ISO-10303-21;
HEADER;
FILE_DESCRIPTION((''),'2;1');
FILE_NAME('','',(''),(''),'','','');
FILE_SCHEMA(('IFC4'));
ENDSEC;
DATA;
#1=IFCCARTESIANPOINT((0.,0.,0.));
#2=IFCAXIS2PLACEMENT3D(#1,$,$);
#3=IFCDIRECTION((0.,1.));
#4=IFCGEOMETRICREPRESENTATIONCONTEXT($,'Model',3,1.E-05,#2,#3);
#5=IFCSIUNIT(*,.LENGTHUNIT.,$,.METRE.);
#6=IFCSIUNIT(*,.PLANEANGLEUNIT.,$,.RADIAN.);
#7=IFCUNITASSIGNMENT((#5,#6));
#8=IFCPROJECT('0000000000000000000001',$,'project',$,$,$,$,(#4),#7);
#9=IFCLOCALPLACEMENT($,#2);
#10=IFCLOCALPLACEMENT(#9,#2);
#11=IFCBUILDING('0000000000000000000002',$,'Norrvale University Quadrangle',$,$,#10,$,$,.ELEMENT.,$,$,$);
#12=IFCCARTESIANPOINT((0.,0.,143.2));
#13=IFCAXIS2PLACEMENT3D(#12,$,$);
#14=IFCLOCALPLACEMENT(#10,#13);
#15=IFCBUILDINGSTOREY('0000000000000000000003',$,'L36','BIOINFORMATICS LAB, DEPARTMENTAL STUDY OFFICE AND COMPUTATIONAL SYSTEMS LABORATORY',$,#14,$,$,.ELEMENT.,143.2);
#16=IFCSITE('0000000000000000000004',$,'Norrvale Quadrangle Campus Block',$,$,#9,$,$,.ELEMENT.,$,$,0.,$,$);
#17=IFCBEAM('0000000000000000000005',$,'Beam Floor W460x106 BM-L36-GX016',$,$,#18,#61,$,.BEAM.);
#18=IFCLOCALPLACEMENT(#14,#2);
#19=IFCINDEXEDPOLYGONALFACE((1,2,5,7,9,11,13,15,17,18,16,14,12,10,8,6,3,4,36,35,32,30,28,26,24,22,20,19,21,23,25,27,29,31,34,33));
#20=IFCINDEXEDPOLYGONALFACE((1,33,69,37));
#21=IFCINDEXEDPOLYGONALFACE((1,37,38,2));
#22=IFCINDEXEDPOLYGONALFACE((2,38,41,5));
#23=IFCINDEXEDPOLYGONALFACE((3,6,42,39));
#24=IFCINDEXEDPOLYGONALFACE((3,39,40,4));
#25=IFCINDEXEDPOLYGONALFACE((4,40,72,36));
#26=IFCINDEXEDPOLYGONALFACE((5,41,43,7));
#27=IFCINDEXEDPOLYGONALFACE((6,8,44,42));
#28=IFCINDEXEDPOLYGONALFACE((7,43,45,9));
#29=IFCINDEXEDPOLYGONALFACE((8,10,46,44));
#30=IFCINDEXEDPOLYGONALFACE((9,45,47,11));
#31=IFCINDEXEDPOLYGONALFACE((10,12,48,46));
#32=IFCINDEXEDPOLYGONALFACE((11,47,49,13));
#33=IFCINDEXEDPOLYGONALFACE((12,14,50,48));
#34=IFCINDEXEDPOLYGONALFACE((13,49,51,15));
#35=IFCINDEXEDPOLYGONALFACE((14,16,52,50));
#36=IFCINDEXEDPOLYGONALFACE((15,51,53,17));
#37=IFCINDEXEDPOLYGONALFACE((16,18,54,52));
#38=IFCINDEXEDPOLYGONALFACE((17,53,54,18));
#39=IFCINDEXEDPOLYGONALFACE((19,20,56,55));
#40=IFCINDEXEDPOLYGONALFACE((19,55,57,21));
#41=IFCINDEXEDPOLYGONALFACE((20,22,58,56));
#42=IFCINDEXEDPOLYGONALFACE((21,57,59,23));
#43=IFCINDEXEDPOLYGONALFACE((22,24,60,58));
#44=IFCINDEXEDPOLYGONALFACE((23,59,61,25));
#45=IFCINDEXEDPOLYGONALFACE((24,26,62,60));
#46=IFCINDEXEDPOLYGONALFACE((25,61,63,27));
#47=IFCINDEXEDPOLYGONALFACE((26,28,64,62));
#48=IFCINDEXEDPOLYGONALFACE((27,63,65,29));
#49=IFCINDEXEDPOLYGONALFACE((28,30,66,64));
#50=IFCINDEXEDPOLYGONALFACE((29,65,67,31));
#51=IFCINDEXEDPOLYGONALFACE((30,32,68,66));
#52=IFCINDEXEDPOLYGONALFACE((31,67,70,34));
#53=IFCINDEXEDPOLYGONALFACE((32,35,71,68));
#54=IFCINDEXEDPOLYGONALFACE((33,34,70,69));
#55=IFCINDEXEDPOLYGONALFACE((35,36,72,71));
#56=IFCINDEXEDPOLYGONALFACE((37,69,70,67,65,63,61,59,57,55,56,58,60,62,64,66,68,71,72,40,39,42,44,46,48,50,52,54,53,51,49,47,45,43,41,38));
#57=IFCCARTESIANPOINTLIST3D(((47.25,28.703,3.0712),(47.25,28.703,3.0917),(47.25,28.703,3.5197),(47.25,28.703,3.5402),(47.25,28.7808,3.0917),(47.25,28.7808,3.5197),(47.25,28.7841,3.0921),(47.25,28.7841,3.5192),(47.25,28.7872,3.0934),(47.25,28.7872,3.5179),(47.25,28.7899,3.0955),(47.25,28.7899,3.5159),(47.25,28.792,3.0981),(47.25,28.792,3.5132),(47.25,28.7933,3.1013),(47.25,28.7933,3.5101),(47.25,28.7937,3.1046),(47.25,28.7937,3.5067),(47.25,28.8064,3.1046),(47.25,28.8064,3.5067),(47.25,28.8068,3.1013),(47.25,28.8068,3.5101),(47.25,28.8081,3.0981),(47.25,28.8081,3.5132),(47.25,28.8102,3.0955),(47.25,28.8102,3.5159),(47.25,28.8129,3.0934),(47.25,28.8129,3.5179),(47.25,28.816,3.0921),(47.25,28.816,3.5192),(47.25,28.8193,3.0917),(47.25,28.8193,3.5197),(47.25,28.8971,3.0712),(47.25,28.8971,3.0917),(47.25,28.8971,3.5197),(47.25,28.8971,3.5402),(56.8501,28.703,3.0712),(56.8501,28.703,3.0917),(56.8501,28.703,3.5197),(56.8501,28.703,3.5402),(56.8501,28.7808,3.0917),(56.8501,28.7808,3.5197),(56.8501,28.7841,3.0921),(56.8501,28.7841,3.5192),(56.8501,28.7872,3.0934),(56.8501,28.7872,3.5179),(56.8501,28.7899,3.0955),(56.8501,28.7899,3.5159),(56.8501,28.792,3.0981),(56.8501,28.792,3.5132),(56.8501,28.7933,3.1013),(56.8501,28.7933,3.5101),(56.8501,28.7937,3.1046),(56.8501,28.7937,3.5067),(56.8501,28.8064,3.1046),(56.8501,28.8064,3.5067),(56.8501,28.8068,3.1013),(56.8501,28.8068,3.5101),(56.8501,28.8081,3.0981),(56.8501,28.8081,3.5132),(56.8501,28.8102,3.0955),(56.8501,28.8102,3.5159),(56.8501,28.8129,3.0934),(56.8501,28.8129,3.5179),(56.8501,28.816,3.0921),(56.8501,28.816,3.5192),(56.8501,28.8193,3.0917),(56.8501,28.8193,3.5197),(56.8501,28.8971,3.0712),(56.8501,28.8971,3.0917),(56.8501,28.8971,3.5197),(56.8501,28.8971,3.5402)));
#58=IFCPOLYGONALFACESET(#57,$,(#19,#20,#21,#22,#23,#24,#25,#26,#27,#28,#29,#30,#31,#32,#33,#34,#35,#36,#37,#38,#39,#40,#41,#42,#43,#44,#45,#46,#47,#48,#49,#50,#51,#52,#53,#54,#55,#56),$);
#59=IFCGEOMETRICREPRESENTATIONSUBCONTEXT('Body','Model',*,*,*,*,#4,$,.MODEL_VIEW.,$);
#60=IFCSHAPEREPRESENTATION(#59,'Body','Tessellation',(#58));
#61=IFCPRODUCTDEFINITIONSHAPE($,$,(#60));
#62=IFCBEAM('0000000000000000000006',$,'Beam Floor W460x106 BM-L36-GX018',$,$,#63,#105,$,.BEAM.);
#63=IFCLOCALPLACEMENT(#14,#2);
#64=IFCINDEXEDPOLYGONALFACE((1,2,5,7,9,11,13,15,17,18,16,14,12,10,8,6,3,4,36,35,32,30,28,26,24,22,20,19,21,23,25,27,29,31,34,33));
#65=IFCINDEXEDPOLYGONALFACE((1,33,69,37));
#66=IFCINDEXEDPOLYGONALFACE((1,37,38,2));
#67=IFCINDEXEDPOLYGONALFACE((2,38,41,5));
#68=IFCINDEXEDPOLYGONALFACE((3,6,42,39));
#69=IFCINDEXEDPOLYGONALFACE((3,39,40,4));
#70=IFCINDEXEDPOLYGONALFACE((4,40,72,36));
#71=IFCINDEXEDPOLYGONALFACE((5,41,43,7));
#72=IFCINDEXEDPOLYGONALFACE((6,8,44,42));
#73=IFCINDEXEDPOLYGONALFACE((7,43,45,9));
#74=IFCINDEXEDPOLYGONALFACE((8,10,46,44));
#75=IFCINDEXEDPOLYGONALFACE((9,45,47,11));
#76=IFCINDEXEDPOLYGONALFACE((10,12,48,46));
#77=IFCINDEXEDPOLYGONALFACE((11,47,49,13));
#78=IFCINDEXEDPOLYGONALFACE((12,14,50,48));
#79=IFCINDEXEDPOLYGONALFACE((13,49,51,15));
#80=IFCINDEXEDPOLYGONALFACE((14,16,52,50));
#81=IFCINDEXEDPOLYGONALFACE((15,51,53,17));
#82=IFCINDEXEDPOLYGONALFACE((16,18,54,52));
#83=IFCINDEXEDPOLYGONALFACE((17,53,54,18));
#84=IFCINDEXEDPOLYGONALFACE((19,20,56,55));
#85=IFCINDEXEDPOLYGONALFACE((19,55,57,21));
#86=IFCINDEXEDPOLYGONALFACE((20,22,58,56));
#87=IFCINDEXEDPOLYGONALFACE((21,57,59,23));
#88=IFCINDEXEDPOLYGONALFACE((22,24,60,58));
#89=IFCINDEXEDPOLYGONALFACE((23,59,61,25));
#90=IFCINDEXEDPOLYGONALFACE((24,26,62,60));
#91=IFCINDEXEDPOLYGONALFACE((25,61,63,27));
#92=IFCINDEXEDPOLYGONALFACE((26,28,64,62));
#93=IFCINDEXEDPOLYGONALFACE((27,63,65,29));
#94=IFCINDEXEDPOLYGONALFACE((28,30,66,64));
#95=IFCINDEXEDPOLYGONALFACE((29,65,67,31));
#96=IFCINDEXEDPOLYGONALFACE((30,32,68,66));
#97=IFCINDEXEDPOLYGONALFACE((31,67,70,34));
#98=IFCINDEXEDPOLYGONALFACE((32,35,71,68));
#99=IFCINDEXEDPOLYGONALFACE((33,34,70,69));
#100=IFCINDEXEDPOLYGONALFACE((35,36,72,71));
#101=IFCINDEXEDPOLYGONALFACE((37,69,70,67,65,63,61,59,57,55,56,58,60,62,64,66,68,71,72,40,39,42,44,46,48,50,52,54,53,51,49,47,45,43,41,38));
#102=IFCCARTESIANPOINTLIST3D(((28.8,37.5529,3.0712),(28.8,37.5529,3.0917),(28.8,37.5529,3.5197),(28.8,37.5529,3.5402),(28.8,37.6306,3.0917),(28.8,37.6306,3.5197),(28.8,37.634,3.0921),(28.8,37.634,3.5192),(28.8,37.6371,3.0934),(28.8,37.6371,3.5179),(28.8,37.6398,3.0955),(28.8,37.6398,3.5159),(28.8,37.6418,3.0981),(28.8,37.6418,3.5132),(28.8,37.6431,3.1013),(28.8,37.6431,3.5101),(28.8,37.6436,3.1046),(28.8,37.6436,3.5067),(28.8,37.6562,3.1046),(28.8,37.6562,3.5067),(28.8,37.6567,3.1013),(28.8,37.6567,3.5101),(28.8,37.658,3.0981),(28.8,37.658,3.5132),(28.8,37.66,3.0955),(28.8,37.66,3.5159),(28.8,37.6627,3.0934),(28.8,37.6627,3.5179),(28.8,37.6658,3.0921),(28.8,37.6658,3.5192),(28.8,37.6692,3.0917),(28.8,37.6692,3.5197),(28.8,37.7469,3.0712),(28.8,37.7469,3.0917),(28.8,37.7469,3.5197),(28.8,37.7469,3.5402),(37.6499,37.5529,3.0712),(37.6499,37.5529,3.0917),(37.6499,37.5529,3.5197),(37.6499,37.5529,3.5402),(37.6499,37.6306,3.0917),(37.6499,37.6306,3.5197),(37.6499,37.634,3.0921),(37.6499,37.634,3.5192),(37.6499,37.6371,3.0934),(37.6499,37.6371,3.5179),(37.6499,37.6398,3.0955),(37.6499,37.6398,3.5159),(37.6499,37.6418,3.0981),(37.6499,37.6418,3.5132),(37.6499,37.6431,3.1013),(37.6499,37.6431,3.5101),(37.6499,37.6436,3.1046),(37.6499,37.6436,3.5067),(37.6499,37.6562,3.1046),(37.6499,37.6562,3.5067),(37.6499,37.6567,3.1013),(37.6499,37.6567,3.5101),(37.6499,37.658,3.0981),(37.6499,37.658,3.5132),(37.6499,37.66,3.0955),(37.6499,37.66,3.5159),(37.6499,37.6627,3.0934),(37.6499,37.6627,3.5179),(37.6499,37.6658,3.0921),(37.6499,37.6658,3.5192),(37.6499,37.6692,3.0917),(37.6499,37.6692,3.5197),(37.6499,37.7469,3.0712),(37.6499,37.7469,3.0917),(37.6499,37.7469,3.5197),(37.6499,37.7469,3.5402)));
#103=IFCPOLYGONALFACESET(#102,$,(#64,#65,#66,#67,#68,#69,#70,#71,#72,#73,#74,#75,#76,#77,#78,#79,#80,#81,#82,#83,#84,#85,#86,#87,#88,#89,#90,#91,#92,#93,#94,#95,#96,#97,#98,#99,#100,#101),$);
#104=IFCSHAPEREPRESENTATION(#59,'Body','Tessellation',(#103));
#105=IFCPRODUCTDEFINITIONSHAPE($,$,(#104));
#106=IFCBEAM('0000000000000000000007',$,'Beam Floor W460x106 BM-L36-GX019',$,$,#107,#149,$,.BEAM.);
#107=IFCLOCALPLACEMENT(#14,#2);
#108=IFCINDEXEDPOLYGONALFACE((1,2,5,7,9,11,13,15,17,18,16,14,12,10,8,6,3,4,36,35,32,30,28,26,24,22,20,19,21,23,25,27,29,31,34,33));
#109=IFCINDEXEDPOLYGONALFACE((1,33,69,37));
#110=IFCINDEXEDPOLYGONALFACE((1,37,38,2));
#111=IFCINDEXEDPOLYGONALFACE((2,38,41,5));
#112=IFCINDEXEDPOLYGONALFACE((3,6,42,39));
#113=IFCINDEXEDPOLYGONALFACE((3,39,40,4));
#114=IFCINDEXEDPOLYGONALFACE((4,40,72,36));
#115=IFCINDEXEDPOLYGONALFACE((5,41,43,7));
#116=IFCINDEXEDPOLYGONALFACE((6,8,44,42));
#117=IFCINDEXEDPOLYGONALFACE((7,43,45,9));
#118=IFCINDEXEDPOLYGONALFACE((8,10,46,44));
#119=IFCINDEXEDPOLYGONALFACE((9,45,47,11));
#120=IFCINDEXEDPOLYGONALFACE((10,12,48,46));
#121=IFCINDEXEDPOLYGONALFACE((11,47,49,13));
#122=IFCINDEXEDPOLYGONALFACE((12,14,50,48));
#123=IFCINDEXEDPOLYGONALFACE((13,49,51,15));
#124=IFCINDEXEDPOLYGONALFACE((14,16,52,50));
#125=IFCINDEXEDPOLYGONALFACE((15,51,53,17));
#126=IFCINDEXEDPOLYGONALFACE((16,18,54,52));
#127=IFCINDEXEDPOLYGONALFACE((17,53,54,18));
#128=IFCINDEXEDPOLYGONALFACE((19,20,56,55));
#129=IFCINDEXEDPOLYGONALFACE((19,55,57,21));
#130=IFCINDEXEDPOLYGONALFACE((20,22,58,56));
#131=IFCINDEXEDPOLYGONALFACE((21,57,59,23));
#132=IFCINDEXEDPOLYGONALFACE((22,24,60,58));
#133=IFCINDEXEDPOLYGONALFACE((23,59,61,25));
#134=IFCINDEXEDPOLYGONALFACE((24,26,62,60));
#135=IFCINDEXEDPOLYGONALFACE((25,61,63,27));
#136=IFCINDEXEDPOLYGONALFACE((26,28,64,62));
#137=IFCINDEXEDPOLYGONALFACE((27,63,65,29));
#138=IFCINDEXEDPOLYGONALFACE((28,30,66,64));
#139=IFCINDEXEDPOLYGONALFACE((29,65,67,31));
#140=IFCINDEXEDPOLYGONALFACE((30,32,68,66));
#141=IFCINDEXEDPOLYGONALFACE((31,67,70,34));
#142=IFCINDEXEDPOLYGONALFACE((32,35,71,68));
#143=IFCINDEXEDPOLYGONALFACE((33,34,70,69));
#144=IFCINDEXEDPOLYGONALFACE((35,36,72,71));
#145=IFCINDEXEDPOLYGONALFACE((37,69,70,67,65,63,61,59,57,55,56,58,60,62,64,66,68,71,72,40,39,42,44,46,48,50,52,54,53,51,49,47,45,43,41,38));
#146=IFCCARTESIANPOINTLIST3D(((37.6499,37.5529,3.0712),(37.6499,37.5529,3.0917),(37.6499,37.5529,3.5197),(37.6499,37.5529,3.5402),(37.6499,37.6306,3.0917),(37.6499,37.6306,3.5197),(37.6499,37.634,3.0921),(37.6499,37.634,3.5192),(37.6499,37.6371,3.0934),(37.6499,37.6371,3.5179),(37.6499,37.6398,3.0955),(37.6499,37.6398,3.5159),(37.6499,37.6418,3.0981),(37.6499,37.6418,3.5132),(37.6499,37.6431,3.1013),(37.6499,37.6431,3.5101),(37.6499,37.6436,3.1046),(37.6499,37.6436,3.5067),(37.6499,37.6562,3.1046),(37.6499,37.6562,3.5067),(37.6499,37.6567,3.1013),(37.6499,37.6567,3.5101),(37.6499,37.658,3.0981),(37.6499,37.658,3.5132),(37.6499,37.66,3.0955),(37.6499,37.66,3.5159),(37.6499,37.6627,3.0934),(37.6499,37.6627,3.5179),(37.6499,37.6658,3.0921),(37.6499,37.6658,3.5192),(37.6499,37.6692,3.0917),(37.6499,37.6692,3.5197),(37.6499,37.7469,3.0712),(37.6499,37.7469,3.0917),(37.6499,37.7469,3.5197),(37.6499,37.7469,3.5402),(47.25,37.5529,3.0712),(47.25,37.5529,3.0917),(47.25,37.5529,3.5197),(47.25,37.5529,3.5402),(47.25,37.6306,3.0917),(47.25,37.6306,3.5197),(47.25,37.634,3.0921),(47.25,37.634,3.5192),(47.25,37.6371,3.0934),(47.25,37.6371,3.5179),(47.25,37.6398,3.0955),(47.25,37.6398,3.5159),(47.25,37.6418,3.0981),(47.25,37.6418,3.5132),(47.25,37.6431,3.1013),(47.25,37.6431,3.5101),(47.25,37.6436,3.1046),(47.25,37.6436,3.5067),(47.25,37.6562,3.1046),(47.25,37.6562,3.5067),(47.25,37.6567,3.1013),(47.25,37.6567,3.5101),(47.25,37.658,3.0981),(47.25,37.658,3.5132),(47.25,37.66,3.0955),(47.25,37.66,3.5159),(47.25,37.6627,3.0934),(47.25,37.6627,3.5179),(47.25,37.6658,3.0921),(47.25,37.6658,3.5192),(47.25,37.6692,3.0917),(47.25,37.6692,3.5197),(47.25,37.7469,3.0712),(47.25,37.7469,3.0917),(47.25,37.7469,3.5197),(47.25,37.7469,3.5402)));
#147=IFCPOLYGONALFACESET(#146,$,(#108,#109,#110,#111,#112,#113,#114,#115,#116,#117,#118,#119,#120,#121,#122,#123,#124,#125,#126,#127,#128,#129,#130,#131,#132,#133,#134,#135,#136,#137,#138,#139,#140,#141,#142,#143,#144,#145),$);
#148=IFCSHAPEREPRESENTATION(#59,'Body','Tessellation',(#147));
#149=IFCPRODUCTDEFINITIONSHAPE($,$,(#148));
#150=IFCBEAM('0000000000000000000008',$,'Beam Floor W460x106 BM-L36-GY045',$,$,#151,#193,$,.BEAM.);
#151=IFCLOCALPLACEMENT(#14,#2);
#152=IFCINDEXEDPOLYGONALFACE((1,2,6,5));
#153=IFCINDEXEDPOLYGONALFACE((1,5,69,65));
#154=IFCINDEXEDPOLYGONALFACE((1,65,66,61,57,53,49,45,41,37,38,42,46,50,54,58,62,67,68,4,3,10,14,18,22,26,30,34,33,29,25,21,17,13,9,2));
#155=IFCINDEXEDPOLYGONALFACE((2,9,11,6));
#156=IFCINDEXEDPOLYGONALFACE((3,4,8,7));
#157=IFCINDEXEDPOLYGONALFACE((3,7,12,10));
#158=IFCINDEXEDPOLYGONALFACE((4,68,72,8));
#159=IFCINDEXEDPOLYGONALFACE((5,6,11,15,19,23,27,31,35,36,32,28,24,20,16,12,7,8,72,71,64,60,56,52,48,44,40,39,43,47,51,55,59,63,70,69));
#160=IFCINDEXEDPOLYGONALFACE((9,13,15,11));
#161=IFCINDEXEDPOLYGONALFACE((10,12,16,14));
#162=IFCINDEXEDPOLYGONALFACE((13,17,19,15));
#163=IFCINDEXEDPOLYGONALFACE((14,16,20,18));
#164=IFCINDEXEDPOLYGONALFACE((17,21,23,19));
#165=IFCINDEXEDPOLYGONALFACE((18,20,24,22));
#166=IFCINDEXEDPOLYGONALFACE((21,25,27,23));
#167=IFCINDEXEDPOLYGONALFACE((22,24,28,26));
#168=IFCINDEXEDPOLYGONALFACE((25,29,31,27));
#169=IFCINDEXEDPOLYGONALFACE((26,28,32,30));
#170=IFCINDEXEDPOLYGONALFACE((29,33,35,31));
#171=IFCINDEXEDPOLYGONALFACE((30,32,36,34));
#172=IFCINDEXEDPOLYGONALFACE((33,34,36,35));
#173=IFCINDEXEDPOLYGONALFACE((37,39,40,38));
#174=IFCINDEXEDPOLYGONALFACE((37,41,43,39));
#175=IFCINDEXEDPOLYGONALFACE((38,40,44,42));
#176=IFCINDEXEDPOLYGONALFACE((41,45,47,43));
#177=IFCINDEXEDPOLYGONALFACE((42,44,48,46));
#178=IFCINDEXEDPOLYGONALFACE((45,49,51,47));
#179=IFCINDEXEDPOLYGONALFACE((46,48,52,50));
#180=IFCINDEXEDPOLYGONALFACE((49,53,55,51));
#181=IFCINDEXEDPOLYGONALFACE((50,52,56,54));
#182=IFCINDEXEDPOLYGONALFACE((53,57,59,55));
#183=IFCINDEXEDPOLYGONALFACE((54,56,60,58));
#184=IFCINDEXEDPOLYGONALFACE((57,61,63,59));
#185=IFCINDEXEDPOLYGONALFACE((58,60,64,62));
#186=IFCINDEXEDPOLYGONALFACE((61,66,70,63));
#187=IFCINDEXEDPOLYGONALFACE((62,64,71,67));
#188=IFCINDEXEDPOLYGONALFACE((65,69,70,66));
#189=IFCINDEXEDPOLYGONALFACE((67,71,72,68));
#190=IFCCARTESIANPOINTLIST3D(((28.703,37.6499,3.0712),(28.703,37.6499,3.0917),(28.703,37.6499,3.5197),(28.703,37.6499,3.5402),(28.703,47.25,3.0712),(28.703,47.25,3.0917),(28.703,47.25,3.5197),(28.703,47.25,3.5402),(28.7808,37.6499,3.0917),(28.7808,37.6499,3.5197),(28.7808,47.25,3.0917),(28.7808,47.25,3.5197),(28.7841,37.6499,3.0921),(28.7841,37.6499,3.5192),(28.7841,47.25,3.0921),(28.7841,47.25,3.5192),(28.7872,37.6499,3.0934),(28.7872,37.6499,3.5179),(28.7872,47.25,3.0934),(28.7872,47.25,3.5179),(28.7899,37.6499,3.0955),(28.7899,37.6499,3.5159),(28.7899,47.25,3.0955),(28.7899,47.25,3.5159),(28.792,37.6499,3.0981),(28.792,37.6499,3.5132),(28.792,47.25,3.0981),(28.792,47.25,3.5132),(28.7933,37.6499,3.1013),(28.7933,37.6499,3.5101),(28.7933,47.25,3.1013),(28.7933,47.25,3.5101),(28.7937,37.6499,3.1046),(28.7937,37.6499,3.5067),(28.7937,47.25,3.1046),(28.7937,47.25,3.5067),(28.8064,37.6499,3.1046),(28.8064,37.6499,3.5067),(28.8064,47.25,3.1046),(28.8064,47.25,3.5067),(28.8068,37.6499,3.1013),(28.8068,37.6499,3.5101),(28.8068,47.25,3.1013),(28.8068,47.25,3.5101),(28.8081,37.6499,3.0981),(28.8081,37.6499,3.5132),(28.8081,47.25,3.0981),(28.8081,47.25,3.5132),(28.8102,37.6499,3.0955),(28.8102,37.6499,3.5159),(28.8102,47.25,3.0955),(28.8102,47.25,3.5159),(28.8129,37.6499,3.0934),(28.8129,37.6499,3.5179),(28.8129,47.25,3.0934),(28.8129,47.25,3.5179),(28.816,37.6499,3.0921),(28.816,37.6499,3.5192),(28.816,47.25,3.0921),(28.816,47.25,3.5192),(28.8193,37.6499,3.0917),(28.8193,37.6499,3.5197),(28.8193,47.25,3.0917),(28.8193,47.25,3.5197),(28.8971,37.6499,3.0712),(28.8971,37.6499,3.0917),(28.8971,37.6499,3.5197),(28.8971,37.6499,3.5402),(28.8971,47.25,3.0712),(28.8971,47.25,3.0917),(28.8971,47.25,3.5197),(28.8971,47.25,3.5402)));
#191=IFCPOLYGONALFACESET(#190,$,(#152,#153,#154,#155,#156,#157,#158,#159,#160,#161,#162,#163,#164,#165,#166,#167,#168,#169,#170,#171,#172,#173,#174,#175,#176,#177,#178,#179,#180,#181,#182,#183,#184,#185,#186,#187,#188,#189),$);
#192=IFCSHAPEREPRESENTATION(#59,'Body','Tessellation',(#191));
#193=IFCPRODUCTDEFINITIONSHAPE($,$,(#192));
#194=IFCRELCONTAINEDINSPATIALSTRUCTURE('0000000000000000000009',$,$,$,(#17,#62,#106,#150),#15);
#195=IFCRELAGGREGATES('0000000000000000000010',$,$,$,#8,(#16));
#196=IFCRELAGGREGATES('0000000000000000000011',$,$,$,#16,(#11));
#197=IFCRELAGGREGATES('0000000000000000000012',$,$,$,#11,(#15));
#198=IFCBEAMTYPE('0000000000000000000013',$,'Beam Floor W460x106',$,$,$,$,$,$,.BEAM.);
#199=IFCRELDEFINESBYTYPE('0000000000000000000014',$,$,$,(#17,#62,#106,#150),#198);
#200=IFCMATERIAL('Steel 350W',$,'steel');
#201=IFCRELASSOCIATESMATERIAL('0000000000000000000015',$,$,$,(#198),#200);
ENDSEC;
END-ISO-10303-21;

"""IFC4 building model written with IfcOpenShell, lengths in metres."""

from ifc_helpers import new_model, si_unit, direction, frame, origin, origin_2d, place, context, subcontext, project, spatial, i_section, extrude, material, material_profile, profile_set, type_object, element, save


model = new_model("IFC4")

# Units and contexts
model_context = context("Model", 3, precision=1e-05, world=origin(), true_north=direction((0.0, 1.0)))
body_context = subcontext(model_context, "Body", "Model", "MODEL_VIEW")
ifc_project = project(units=[si_unit("LENGTHUNIT", "METRE"), si_unit("PLANEANGLEUNIT", "RADIAN")], contexts=[model_context])

# Site, building, storey
site_placement = place(None, origin())
site = spatial("IfcSite", under=ifc_project, at=site_placement, Name="Norrvale Quadrangle Campus Block", CompositionType="ELEMENT", RefElevation=0.0)
building_placement = place(site_placement, origin())
building = spatial("IfcBuilding", under=site, at=building_placement, Name="Norrvale University Quadrangle", CompositionType="ELEMENT")
storey_placement = place(building_placement, frame((0.0, 0.0, 143.2)))
storey = spatial("IfcBuildingStorey", under=building, at=storey_placement, Name="L36", Description="BIOINFORMATICS LAB, DEPARTMENTAL STUDY OFFICE AND COMPUTATIONAL SYSTEMS LABORATORY", CompositionType="ELEMENT", Elevation=143.2)

# Beams
ifc_material_1 = material(Name="Steel 350W", Category="steel")
ifc_material_profile_1 = material_profile(ifc_material_1, i_section(OverallWidth=0.1941, OverallDepth=0.469, WebThickness=0.0127, FlangeThickness=0.0205, FilletRadius=0.0129, at=origin_2d()), Name="Steel 350W")
ifc_profile_set_1 = profile_set([ifc_material_profile_1], Name="Steel 350W")
beam_type_1 = type_object("IfcBeamType", Name="Beam Floor W460x106", PredefinedType="BEAM", material=ifc_profile_set_1)
for number, where, z_axis, x_axis, name in (
    (1, (47.25, 28.8, 3.3057), (1.0, 0.0, 0.0), (0.0, 1.0, 0.0), "Beam Floor W460x106 BM-L36-GX016"),
):
    element("IfcBeam", number, at=place(storey_placement, frame(where, z_axis=z_axis, x_axis=x_axis)), inside=storey, type_object=beam_type_1, Name=name, PredefinedType="BEAM", context=body_context, shape_type="SweptSolid", body=[
        extrude(i_section(OverallWidth=0.1941, OverallDepth=0.469, WebThickness=0.0127, FlangeThickness=0.0205, FilletRadius=0.0129, at=origin_2d()), origin(), (0.0, 0.0, 1.0), 9.6001),
    ])
beam_placement = place(storey_placement, frame((28.8, 37.6499, 3.3057), z_axis=(1.0, 0.0, 0.0), x_axis=(0.0, 1.0, 0.0)))
element("IfcBeam", 2, at=beam_placement, inside=storey, type_object=beam_type_1, Name="Beam Floor W460x106 BM-L36-GX018", PredefinedType="BEAM", context=body_context, shape_type="SweptSolid", body=[
    extrude(i_section(OverallWidth=0.1941, OverallDepth=0.469, WebThickness=0.0127, FlangeThickness=0.0205, FilletRadius=0.0129, at=origin_2d()), origin(), (0.0, 0.0, 1.0), 8.8499),
])
for number, where, z_axis, x_axis, name in (
    (3, (37.6499, 37.6499, 3.3057), (1.0, 0.0, 0.0), (0.0, 1.0, 0.0), "Beam Floor W460x106 BM-L36-GX019"),
    (4, (28.8, 37.6499, 3.3057), (0.0, 1.0, 0.0), (-1.0, 0.0, 0.0), "Beam Floor W460x106 BM-L36-GY045"),
):
    element("IfcBeam", number, at=place(storey_placement, frame(where, z_axis=z_axis, x_axis=x_axis)), inside=storey, type_object=beam_type_1, Name=name, PredefinedType="BEAM", context=body_context, shape_type="SweptSolid", body=[
        extrude(i_section(OverallWidth=0.1941, OverallDepth=0.469, WebThickness=0.0127, FlangeThickness=0.0205, FilletRadius=0.0129, at=origin_2d()), origin(), (0.0, 0.0, 1.0), 9.6001),
    ])

save(model, "model.ifc")
